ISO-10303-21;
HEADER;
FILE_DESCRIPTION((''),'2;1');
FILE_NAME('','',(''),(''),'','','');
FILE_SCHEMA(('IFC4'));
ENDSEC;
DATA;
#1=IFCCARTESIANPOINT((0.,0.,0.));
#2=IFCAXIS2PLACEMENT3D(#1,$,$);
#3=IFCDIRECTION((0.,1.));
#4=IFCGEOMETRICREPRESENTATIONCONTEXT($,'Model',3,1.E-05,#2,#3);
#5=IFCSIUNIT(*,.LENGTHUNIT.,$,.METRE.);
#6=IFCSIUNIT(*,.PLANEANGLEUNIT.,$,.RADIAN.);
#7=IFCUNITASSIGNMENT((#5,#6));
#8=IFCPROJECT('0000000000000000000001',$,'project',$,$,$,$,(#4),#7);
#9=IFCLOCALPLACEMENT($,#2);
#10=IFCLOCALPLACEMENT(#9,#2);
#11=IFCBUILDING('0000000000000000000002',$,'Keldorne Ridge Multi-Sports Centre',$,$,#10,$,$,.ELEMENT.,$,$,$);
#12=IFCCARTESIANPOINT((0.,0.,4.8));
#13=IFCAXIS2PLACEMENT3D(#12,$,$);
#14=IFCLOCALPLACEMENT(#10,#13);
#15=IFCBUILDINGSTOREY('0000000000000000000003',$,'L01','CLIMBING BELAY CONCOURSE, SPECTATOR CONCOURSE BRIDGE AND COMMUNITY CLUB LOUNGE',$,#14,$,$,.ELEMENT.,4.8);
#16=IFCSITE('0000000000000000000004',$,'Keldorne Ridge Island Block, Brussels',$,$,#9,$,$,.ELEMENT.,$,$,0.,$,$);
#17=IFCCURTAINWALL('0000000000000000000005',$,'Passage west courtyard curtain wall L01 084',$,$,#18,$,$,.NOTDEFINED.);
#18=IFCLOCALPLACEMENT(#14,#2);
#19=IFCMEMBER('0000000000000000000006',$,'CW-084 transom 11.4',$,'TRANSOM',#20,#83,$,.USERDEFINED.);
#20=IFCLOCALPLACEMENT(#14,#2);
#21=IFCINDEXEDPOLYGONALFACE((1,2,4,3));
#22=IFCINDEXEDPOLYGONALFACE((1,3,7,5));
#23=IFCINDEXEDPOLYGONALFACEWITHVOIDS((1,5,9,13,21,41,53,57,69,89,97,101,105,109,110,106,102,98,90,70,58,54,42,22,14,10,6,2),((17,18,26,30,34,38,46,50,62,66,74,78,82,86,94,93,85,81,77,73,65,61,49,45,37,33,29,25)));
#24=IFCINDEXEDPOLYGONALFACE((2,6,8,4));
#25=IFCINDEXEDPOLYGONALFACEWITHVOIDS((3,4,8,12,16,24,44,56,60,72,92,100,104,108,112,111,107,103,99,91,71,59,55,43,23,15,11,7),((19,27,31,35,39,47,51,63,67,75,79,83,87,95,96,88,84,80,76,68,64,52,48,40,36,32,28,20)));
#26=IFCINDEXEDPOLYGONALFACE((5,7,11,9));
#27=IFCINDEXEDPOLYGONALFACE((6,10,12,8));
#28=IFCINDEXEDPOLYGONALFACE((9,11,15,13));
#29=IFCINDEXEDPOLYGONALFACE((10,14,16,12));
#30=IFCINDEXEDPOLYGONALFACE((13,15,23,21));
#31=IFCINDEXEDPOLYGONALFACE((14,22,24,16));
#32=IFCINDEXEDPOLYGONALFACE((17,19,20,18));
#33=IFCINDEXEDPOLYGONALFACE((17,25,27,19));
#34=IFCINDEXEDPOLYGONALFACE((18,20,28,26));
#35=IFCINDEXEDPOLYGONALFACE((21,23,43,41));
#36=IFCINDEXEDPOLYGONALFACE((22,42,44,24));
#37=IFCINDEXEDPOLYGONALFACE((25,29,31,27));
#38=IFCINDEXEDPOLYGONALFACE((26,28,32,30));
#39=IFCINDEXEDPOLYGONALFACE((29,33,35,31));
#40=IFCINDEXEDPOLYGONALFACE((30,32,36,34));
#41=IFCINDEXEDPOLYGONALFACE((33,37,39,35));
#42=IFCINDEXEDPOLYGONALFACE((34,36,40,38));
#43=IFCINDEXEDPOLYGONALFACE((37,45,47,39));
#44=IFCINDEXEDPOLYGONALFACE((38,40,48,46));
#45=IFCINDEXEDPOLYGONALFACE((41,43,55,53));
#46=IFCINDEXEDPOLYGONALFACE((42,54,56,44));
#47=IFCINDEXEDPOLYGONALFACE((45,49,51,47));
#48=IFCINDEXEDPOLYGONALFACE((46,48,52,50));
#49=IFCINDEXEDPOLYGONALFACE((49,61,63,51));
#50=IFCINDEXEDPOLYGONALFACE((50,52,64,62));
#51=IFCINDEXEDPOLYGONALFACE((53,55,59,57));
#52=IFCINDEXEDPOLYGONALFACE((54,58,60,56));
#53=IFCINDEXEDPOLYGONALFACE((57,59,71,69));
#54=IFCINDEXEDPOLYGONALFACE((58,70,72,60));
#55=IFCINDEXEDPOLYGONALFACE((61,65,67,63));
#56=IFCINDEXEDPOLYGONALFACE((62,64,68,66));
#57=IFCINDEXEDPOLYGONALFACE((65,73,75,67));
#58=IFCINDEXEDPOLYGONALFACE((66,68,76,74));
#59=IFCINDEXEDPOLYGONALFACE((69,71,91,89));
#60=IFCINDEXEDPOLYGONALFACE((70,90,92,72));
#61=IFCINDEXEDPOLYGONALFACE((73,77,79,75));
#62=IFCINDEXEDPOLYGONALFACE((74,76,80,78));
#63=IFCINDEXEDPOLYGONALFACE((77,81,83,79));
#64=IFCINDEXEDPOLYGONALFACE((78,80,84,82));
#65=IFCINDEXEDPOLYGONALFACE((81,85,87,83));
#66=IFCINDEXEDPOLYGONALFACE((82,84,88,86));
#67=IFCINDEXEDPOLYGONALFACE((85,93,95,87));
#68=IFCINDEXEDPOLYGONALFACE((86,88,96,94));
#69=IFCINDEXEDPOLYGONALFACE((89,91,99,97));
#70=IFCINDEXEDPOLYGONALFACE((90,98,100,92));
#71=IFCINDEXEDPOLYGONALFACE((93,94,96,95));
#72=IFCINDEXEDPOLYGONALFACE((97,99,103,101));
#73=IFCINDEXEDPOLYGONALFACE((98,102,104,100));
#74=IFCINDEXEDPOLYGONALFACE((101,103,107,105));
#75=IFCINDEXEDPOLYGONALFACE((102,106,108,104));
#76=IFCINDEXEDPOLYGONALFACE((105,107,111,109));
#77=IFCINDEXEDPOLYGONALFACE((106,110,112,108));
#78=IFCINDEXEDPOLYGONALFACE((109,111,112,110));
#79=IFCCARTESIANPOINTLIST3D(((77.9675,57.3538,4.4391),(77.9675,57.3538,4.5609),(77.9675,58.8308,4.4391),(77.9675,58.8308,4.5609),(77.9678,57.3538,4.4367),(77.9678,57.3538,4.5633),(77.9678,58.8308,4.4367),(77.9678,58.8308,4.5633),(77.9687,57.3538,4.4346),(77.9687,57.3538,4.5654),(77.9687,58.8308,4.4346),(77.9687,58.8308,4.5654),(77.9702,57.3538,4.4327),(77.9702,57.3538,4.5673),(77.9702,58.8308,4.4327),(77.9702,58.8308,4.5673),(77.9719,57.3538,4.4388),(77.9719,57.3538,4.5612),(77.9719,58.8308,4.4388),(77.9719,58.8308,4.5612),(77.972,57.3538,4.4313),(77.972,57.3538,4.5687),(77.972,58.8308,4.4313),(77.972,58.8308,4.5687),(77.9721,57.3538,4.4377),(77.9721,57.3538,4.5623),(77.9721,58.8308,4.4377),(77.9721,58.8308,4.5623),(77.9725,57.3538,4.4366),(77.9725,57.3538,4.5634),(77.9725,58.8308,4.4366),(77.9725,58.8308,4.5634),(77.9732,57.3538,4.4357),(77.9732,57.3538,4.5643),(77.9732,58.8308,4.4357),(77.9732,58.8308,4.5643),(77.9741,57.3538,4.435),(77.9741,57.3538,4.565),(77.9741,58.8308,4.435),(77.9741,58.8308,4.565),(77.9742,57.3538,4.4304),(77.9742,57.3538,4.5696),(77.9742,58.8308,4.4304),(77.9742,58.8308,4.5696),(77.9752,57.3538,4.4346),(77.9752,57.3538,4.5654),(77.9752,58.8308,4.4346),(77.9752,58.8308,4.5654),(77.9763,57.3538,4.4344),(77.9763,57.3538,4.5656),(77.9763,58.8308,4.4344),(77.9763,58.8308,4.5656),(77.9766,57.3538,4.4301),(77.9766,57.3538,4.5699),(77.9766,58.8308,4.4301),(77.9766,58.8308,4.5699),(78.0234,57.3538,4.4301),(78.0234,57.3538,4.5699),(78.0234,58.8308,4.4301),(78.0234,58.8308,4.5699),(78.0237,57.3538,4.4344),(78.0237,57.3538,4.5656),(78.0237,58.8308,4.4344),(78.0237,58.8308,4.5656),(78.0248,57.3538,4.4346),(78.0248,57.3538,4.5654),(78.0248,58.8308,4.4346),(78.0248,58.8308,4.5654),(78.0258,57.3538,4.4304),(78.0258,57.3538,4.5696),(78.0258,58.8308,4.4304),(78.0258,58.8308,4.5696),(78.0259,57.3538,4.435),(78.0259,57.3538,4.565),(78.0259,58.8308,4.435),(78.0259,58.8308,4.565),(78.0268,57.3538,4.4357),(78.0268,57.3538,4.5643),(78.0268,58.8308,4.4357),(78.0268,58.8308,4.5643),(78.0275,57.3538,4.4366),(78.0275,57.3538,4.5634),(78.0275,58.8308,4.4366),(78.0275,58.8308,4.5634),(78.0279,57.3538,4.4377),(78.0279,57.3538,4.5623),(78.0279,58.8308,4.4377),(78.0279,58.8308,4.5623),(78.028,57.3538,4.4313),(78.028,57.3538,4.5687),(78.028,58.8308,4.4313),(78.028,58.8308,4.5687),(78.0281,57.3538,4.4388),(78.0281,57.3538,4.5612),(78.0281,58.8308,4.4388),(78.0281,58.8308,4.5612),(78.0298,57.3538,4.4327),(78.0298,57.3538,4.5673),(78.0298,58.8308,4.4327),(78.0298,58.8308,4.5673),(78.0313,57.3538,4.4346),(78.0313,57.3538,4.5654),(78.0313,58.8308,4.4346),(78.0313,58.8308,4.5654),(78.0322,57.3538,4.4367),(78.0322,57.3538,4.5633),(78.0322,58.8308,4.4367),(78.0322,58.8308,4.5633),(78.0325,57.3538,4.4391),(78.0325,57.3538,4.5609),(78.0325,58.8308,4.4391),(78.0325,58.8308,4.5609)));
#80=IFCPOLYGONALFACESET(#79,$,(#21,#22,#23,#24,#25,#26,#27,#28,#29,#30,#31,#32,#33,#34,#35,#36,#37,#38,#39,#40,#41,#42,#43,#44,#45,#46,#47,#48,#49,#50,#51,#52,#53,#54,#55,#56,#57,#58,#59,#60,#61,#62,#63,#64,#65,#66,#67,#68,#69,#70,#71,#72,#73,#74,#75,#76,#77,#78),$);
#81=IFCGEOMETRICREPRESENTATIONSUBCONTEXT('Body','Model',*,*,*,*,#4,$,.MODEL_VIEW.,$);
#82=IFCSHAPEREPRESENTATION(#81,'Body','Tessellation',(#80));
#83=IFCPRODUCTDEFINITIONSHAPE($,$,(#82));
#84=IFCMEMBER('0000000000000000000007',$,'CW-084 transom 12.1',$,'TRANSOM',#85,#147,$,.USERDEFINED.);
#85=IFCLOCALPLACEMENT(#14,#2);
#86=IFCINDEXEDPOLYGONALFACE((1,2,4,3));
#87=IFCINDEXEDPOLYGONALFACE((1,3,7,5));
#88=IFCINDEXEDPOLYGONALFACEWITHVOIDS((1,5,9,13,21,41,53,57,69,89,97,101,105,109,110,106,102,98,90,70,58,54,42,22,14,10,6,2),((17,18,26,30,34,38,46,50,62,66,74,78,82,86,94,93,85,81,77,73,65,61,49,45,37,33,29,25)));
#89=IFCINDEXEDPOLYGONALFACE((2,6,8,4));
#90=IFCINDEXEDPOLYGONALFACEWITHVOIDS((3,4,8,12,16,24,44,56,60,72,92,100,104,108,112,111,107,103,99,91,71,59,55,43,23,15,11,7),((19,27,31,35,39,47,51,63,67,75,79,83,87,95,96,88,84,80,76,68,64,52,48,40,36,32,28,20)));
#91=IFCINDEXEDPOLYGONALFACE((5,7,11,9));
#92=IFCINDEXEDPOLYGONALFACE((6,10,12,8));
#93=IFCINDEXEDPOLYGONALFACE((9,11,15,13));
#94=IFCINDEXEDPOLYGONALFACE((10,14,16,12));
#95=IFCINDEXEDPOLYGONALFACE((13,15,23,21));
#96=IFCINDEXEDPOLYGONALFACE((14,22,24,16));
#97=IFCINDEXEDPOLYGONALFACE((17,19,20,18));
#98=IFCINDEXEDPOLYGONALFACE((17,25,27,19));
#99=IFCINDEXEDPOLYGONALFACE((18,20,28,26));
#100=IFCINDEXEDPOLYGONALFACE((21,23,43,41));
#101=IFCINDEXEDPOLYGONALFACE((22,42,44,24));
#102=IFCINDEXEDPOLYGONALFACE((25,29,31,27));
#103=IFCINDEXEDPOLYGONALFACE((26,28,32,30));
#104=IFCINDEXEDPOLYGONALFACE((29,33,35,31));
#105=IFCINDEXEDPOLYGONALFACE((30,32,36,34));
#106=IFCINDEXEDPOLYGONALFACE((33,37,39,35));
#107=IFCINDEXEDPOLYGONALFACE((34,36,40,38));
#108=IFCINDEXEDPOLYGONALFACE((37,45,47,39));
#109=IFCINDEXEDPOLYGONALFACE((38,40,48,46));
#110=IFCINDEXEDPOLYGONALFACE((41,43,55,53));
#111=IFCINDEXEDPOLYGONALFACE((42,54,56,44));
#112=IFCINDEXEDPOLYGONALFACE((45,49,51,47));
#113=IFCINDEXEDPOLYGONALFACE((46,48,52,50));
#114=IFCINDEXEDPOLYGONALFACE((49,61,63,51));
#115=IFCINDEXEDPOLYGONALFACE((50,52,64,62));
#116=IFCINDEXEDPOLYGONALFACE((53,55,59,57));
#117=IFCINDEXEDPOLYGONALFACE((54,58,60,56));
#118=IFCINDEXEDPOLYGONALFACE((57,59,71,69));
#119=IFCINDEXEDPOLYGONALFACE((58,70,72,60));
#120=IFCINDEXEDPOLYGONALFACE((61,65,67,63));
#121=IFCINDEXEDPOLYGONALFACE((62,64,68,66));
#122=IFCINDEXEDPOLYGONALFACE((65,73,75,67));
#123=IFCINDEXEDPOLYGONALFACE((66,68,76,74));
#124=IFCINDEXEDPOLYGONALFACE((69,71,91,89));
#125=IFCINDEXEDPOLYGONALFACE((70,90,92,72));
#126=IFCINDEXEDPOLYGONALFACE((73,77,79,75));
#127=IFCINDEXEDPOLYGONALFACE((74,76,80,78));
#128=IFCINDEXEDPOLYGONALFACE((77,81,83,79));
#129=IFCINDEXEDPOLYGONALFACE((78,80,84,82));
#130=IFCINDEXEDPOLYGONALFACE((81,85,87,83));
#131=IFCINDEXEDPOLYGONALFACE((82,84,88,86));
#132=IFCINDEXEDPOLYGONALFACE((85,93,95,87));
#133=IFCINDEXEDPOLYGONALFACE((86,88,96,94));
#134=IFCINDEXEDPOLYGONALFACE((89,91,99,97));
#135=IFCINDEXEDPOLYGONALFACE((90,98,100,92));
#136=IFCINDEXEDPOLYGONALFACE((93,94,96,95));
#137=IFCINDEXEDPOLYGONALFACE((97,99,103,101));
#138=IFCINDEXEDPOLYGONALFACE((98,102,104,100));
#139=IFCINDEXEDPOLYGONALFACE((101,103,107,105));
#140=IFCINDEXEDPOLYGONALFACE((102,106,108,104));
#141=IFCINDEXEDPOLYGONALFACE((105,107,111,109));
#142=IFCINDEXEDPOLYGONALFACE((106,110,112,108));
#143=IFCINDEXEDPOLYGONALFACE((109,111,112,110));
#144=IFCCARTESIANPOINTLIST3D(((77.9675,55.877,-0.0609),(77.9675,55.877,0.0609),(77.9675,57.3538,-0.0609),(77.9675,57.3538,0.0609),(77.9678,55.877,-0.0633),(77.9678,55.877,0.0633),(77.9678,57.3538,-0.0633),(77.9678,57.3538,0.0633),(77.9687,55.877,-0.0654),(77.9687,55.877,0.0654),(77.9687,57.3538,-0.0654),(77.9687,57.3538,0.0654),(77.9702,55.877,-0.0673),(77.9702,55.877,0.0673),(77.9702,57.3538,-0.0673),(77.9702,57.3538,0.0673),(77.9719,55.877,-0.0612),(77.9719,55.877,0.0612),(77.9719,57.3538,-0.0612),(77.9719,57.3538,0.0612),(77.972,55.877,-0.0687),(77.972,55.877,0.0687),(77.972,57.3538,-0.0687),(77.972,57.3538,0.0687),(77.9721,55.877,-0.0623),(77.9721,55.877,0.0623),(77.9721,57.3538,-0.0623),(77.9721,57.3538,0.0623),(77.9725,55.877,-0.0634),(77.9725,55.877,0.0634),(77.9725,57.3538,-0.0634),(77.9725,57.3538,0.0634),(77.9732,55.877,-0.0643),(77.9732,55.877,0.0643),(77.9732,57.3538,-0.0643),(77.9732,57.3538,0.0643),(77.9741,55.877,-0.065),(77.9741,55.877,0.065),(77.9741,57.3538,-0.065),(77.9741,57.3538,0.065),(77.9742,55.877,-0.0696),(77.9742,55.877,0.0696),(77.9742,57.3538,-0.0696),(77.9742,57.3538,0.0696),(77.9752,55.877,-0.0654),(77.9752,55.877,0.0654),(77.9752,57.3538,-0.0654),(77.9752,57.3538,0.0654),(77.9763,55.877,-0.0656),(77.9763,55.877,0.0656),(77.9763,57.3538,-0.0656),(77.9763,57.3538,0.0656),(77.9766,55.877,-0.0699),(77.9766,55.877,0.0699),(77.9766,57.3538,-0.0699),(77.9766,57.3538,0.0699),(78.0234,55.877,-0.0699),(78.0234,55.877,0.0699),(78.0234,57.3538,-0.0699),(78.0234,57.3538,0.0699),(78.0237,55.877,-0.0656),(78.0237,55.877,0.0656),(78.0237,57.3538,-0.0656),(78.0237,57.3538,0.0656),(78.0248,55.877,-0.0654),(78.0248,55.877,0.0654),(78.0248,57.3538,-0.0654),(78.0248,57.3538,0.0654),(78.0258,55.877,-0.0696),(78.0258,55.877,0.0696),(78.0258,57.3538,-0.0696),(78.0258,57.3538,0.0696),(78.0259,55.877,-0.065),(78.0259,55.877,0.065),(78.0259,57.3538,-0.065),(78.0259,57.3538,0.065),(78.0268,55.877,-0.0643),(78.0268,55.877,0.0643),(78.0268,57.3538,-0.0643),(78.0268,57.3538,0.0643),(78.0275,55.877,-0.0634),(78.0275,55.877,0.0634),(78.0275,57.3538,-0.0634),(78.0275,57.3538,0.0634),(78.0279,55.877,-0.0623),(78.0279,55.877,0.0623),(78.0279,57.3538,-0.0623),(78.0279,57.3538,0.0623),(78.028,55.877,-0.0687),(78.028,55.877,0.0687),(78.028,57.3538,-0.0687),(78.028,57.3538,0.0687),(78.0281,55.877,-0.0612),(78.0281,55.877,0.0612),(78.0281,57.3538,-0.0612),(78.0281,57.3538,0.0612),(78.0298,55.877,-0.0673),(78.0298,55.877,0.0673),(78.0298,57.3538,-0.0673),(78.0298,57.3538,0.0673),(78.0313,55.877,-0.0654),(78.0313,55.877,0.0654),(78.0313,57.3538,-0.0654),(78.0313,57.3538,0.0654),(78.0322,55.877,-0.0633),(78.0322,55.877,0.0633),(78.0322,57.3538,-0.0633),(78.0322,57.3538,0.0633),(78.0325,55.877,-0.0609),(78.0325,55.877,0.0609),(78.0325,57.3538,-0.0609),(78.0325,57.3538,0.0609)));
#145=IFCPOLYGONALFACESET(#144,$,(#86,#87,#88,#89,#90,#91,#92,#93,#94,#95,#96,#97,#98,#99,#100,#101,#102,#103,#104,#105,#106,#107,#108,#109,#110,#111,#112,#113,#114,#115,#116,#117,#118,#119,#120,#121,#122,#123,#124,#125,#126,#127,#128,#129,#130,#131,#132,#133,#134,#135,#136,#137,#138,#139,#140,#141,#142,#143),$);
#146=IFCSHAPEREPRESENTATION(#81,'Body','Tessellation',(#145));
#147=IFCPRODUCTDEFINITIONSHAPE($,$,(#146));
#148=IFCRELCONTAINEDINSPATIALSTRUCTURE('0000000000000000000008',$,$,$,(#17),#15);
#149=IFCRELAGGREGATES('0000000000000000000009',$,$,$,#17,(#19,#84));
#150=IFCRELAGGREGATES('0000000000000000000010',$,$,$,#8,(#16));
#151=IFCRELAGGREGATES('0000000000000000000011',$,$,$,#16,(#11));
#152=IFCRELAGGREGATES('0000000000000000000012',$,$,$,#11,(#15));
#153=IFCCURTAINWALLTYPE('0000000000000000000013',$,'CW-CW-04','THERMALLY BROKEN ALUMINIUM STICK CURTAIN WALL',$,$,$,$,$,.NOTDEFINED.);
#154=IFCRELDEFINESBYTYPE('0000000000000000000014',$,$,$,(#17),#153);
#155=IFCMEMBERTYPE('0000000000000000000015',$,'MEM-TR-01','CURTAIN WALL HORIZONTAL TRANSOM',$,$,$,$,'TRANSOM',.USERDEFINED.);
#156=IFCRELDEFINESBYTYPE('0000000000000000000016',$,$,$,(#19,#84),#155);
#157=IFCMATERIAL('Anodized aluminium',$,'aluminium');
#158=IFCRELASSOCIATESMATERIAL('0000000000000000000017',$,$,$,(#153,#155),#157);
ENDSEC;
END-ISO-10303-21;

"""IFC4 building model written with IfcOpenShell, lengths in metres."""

from ifc_helpers import new_model, si_unit, direction, frame, origin, origin_2d, place, context, subcontext, project, spatial, hollow_rectangle, extrude, material, material_profile, profile_set, type_object, element, aggregate, save


model = new_model("IFC4")

# Units and contexts
model_context = context("Model", 3, precision=1e-05, world=origin(), true_north=direction((0.0, 1.0)))
body_context = subcontext(model_context, "Body", "Model", "MODEL_VIEW")
ifc_project = project(units=[si_unit("LENGTHUNIT", "METRE"), si_unit("PLANEANGLEUNIT", "RADIAN")], contexts=[model_context])

# Site, building, storey
site_placement = place(None, origin())
site = spatial("IfcSite", under=ifc_project, at=site_placement, Name="Keldorne Ridge Island Block, Brussels", CompositionType="ELEMENT", RefElevation=0.0)
building_placement = place(site_placement, origin())
building = spatial("IfcBuilding", under=site, at=building_placement, Name="Keldorne Ridge Multi-Sports Centre", CompositionType="ELEMENT")
storey_placement = place(building_placement, frame((0.0, 0.0, 4.8)))
storey = spatial("IfcBuildingStorey", under=building, at=storey_placement, Name="L01", Description="CLIMBING BELAY CONCOURSE, SPECTATOR CONCOURSE BRIDGE AND COMMUNITY CLUB LOUNGE", CompositionType="ELEMENT", Elevation=4.8)

# Curtain wall, members
ifc_material_1 = material(Name="Anodized aluminium", Category="aluminium")
curtain_wall_type = type_object("IfcCurtainWallType", Name="CW-CW-04", Description="THERMALLY BROKEN ALUMINIUM STICK CURTAIN WALL", PredefinedType="NOTDEFINED", material=ifc_material_1)
curtain_wall_placement = place(storey_placement, origin())
curtain_wall = element("IfcCurtainWall", 1, at=curtain_wall_placement, inside=storey, type_object=curtain_wall_type, Name="Passage west courtyard curtain wall L01 084", PredefinedType="NOTDEFINED")
ifc_material_profile_1 = material_profile(ifc_material_1, hollow_rectangle(XDim=0.0649, YDim=0.1399, WallThickness=0.0044, InnerFilletRadius=0.0044, OuterFilletRadius=0.009, at=origin_2d()), Name="ALU TRANSOM 140x65x4.5")
ifc_profile_set_1 = profile_set([ifc_material_profile_1], Name="Anodized aluminium")
member_type_1 = type_object("IfcMemberType", Name="MEM-TR-01", Description="CURTAIN WALL HORIZONTAL TRANSOM", ElementType="TRANSOM", PredefinedType="USERDEFINED", material=ifc_profile_set_1)
member_1_placement = place(storey_placement, frame((78.0, 58.8308, 4.5), z_axis=(0.0, -1.0, 0.0), x_axis=(1.0, 0.0, 0.0)))
member_1 = element("IfcMember", 2, at=member_1_placement, type_object=member_type_1, Name="CW-084 transom 11.4", ObjectType="TRANSOM", PredefinedType="USERDEFINED", context=body_context, shape_type="SweptSolid", body=[
    extrude(hollow_rectangle(XDim=0.0649, YDim=0.1399, WallThickness=0.0044, InnerFilletRadius=0.0044, OuterFilletRadius=0.009, at=origin_2d()), origin(), (0.0, 0.0, 1.0), 1.4771),
])
member_2_placement = place(storey_placement, frame((78.0, 57.3538, 0.0), z_axis=(0.0, -1.0, 0.0), x_axis=(1.0, 0.0, 0.0)))
member_2 = element("IfcMember", 3, at=member_2_placement, type_object=member_type_1, Name="CW-084 transom 12.1", ObjectType="TRANSOM", PredefinedType="USERDEFINED", context=body_context, shape_type="SweptSolid", body=[
    extrude(hollow_rectangle(XDim=0.0649, YDim=0.1399, WallThickness=0.0044, InnerFilletRadius=0.0044, OuterFilletRadius=0.009, at=origin_2d()), origin(), (0.0, 0.0, 1.0), 1.4768),
])
aggregate(curtain_wall, [member_1, member_2])

save(model, "model.ifc")
